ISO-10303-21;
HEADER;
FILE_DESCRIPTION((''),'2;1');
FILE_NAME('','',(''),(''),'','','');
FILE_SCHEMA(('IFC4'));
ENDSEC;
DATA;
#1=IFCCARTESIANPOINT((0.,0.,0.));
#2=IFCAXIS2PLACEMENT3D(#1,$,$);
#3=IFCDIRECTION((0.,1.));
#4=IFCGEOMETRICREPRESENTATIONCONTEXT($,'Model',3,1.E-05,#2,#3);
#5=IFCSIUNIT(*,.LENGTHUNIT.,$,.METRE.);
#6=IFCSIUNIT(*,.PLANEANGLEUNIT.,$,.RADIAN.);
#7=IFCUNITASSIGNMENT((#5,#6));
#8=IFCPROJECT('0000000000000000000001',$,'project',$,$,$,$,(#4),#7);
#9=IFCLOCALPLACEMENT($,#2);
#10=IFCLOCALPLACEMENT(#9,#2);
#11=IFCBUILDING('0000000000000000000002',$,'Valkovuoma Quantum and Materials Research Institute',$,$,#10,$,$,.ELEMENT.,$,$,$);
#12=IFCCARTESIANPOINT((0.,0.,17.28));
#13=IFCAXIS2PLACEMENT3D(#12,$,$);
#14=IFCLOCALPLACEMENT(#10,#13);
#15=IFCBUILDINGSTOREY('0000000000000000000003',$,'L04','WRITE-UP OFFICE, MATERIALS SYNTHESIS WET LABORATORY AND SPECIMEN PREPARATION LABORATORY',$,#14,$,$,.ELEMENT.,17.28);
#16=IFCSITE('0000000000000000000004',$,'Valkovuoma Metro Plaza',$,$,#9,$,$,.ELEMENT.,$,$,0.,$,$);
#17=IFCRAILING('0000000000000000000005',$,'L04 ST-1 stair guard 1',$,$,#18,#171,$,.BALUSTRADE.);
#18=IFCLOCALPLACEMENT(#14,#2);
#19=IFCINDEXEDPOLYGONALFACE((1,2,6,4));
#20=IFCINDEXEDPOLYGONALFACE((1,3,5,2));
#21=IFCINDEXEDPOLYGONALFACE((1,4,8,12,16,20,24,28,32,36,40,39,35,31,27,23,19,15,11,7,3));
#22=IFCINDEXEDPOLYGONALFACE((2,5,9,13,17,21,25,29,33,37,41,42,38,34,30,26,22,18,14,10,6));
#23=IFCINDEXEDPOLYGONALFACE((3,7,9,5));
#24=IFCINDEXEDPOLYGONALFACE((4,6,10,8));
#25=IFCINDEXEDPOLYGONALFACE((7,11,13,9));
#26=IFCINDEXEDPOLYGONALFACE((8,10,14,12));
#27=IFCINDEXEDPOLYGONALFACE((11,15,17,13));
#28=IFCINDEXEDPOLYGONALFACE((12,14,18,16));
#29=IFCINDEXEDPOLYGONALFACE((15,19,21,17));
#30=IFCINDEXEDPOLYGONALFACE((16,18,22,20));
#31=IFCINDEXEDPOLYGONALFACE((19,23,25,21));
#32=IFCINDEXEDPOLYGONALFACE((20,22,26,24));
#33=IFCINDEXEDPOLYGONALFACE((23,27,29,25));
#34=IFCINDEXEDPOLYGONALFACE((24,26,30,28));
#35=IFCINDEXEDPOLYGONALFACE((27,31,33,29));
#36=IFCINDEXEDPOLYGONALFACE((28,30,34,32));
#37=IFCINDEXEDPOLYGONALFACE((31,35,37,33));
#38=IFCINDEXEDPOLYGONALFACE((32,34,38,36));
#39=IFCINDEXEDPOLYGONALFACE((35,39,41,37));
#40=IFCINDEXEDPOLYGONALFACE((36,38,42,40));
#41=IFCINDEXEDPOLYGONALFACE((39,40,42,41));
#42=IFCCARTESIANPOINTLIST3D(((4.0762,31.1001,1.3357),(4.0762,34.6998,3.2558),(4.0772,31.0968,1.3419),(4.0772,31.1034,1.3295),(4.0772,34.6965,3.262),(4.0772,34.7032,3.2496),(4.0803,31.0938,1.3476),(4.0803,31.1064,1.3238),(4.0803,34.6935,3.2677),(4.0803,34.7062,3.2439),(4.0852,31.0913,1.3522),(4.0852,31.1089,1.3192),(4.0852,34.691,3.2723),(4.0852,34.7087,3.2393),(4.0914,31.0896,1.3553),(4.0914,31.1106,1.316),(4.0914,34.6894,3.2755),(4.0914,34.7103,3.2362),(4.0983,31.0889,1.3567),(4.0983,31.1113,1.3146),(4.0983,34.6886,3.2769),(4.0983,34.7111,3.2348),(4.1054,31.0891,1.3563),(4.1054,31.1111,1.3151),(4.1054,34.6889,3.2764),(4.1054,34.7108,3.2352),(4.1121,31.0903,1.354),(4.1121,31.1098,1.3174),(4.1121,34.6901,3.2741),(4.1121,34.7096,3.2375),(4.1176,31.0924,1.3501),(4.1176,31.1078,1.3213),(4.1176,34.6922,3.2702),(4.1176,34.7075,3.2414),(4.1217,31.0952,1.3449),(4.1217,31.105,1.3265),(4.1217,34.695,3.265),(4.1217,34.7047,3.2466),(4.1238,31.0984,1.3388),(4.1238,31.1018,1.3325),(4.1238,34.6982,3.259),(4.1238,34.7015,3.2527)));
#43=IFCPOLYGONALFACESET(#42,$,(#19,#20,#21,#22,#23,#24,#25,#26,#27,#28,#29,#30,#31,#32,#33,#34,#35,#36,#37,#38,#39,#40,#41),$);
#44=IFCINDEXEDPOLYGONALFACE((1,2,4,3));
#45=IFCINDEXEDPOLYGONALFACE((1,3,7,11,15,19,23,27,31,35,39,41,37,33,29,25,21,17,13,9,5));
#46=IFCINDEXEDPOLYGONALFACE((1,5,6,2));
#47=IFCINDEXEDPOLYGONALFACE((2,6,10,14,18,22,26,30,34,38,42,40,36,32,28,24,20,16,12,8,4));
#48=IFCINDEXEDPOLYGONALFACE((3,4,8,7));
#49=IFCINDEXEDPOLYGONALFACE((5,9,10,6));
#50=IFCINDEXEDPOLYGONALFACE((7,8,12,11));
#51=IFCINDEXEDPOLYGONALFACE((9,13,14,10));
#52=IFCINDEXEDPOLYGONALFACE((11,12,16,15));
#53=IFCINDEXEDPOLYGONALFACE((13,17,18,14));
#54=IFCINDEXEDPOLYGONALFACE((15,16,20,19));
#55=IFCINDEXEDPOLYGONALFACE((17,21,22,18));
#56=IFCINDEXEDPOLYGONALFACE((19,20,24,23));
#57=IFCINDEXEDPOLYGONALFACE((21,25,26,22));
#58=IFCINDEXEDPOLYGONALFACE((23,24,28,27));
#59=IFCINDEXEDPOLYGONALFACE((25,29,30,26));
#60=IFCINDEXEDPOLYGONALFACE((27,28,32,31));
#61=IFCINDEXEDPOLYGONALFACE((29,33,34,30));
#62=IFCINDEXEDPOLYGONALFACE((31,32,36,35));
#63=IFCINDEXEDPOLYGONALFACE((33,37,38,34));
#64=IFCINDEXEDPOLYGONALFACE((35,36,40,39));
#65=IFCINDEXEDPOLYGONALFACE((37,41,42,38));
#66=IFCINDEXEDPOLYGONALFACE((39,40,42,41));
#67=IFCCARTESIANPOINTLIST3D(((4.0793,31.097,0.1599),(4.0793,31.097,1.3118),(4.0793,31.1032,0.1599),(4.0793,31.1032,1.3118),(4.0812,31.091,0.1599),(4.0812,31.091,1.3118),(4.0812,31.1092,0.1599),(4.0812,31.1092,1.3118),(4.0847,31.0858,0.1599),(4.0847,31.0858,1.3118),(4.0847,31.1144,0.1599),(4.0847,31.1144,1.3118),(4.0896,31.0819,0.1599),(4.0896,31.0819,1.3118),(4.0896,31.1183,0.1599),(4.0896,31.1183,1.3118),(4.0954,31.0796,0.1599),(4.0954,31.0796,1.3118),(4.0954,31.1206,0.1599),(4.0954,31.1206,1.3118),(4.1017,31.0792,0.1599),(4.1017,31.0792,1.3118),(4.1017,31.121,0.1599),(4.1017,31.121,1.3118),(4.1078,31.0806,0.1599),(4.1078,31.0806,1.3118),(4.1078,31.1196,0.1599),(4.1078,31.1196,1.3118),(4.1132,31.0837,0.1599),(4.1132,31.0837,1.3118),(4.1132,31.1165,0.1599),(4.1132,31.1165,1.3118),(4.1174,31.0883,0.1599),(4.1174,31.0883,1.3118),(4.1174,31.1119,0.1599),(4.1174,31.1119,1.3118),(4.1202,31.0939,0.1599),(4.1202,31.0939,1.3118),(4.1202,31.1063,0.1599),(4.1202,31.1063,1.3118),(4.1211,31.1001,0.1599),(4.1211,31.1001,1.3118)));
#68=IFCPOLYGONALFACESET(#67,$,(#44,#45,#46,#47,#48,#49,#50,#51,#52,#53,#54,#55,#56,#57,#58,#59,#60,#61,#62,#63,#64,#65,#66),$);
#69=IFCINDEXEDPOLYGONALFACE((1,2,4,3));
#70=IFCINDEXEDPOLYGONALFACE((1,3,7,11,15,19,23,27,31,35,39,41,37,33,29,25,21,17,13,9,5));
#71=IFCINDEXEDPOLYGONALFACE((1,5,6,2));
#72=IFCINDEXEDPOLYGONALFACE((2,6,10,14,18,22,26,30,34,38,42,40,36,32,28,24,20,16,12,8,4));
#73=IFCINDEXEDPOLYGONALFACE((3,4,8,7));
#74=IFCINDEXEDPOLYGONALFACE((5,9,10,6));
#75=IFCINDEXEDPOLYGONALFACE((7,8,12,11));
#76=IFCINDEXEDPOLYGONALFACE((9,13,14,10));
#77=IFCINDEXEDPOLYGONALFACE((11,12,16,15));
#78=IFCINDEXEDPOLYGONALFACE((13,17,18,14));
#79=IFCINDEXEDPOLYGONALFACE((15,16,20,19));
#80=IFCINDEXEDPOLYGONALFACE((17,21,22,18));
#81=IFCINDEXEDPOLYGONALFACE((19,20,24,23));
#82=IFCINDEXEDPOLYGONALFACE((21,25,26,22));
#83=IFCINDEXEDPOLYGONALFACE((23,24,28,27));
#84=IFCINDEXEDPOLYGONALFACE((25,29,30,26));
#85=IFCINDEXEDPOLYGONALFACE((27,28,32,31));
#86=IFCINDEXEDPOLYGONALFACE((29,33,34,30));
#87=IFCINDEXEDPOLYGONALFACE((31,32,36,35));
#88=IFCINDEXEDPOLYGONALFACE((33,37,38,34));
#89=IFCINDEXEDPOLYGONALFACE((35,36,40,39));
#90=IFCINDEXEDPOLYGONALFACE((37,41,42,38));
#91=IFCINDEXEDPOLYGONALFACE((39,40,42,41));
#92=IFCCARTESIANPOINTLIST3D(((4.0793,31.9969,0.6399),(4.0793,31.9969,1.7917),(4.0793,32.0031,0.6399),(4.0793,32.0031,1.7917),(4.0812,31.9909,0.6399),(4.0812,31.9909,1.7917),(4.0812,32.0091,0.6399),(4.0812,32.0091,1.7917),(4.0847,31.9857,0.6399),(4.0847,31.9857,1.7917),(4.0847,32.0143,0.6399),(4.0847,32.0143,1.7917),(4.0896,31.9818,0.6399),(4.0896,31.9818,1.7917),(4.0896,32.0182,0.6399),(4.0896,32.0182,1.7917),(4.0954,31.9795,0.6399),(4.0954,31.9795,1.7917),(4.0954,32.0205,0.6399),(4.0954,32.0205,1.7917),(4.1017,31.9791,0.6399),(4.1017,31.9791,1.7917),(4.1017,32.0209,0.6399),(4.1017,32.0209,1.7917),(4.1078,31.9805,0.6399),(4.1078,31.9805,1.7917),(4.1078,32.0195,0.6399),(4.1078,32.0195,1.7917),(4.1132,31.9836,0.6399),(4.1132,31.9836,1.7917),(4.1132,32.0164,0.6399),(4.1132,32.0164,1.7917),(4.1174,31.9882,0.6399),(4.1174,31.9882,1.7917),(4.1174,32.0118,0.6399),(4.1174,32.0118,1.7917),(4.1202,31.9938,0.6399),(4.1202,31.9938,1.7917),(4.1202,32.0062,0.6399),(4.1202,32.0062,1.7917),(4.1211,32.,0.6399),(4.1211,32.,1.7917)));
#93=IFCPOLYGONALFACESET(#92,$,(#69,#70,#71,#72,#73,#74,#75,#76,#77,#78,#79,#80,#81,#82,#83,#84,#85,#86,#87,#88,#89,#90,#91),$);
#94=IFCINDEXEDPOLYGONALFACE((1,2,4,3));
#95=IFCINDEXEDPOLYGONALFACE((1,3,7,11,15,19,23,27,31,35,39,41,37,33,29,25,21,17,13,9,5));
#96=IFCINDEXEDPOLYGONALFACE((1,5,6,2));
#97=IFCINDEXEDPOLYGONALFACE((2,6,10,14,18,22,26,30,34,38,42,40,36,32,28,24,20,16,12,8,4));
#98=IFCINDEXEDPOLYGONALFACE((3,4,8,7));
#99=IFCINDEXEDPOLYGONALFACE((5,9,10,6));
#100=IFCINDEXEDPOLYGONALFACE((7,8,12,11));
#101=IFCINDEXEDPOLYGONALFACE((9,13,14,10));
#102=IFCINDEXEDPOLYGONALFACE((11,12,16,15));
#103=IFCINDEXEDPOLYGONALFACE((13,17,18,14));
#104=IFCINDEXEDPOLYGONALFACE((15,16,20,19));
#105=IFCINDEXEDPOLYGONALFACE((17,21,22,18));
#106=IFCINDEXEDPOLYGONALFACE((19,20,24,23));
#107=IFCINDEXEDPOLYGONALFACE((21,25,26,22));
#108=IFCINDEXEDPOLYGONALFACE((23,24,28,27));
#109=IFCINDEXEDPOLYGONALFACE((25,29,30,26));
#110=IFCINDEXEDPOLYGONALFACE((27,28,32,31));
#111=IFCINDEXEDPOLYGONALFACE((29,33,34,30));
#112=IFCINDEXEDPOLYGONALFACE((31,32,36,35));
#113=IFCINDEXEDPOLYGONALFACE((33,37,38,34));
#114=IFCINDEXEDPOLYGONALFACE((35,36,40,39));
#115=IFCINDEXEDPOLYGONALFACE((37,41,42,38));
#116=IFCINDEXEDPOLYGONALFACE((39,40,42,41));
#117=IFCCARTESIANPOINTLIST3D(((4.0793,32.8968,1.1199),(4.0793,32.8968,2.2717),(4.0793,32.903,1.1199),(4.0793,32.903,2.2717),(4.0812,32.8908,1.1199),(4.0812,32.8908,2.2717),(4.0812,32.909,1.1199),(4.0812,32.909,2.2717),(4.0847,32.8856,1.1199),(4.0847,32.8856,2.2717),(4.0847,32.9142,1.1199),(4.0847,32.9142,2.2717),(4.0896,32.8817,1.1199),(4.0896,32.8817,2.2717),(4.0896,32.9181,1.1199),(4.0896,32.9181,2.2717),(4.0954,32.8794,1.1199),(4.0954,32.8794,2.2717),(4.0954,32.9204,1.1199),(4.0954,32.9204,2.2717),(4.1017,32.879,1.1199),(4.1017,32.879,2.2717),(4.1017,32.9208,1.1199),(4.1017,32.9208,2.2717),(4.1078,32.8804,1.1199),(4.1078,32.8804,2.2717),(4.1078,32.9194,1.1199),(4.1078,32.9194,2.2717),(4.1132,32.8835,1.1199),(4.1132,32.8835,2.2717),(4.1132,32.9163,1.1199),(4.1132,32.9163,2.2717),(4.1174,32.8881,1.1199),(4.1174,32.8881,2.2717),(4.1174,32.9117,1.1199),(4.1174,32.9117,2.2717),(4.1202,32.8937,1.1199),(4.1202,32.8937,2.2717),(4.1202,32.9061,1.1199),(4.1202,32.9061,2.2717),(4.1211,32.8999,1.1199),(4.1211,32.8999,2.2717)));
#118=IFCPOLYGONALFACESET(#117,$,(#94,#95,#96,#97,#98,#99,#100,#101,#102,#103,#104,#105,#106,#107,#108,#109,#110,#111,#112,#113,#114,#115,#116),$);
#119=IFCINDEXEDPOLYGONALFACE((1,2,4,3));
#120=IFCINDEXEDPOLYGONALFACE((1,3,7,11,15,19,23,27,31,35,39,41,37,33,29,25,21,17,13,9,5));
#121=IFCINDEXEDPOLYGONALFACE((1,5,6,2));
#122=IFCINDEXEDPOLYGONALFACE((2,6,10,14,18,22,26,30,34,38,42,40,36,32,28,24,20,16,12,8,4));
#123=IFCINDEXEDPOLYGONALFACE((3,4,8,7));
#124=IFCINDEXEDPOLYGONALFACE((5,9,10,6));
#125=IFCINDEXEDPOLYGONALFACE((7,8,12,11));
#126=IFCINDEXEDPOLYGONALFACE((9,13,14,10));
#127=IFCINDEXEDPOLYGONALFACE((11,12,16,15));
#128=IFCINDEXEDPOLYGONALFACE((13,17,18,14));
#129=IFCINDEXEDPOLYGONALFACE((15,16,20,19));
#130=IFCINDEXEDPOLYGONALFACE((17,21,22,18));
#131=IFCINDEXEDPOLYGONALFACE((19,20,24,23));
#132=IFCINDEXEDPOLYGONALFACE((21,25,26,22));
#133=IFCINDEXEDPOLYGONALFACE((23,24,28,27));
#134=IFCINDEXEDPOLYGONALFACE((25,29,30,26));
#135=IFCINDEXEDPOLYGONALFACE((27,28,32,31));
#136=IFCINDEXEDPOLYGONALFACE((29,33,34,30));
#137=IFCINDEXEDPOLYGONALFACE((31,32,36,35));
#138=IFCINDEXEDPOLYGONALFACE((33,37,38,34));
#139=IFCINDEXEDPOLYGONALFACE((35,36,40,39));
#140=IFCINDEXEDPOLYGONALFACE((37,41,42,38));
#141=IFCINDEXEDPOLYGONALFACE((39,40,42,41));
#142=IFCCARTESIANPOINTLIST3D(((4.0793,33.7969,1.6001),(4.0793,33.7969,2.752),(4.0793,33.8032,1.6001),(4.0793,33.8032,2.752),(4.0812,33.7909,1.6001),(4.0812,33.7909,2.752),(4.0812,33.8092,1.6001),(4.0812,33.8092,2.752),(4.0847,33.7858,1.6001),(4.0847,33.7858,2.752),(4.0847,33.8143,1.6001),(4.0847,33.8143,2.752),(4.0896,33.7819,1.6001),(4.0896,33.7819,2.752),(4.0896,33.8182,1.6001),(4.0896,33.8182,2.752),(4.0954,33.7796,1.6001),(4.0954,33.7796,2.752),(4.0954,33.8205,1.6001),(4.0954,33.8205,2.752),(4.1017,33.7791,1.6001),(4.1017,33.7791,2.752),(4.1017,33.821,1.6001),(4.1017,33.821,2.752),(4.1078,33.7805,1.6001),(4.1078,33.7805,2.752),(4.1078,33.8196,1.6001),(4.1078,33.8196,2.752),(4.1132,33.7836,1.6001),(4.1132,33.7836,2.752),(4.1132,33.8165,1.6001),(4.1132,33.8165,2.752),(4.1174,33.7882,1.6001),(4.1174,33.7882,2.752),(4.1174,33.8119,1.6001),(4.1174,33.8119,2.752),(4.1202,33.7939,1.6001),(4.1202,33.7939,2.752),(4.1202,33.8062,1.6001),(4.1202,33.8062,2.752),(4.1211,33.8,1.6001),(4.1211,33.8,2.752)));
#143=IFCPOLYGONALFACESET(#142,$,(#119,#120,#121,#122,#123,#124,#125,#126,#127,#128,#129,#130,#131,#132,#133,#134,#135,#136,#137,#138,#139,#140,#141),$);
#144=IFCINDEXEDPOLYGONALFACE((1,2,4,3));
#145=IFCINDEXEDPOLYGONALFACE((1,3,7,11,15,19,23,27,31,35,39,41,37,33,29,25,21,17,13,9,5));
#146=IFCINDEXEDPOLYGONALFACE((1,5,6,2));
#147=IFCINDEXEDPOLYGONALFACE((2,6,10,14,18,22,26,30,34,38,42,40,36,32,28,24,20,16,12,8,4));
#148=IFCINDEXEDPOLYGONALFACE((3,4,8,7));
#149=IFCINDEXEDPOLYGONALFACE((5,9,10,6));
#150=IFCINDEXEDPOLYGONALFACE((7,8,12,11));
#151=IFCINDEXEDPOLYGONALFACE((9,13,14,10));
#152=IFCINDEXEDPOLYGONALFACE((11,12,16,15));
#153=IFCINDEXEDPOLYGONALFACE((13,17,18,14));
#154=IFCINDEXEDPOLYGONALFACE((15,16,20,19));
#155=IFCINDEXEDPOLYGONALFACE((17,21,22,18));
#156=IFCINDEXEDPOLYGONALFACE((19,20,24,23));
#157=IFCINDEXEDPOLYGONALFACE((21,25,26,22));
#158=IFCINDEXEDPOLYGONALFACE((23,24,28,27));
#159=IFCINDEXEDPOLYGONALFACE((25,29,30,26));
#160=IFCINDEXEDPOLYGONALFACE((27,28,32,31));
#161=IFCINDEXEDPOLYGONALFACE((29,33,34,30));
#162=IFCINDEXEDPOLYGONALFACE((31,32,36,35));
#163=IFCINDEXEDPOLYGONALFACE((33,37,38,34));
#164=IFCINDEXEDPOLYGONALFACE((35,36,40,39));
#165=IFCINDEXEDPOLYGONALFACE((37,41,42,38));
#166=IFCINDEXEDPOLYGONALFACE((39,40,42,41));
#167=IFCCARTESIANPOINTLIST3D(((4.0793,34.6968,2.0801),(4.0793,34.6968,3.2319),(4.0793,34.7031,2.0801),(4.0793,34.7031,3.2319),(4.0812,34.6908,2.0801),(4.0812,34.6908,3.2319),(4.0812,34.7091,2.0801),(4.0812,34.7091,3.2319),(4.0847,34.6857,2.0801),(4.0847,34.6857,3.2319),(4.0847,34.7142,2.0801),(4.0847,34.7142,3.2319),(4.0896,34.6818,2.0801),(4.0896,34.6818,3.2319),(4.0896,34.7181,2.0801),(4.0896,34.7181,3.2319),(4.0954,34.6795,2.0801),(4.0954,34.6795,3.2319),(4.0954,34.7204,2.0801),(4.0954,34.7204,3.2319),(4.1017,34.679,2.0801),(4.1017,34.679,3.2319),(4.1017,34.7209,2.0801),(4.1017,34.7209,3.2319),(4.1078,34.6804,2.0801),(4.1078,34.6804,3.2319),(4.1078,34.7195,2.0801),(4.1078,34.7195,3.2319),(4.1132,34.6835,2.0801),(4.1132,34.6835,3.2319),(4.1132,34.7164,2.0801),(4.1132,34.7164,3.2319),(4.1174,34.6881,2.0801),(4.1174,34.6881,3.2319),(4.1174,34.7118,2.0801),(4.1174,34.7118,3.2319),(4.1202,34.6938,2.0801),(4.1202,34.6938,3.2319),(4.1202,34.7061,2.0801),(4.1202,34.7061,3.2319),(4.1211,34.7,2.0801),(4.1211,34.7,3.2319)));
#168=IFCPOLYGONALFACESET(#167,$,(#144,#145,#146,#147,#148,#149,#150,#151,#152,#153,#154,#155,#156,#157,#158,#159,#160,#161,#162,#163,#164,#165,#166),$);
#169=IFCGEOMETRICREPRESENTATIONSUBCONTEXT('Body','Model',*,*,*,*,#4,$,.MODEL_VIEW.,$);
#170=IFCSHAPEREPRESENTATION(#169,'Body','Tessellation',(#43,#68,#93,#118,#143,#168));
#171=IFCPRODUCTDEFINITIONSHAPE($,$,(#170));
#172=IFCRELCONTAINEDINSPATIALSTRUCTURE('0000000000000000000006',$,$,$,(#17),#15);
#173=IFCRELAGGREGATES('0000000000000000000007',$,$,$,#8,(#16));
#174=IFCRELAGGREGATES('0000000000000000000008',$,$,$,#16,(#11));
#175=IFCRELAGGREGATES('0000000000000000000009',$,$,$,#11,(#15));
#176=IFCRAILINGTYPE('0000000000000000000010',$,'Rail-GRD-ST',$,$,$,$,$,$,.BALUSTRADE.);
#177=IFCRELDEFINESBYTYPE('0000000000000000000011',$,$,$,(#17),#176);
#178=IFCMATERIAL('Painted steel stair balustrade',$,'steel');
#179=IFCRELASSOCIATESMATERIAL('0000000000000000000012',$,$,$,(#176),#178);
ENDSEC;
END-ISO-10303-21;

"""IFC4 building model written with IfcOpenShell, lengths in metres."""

from ifc_helpers import new_model, si_unit, direction, frame, origin, origin_2d, place, context, subcontext, project, spatial, circle, extrude, material, type_object, element, save


model = new_model("IFC4")

# Units and contexts
model_context = context("Model", 3, precision=1e-05, world=origin(), true_north=direction((0.0, 1.0)))
body_context = subcontext(model_context, "Body", "Model", "MODEL_VIEW")
ifc_project = project(units=[si_unit("LENGTHUNIT", "METRE"), si_unit("PLANEANGLEUNIT", "RADIAN")], contexts=[model_context])

# Site, building, storey
site_placement = place(None, origin())
site = spatial("IfcSite", under=ifc_project, at=site_placement, Name="Valkovuoma Metro Plaza", CompositionType="ELEMENT", RefElevation=0.0)
building_placement = place(site_placement, origin())
building = spatial("IfcBuilding", under=site, at=building_placement, Name="Valkovuoma Quantum and Materials Research Institute", CompositionType="ELEMENT")
storey_placement = place(building_placement, frame((0.0, 0.0, 17.28)))
storey = spatial("IfcBuildingStorey", under=building, at=storey_placement, Name="L04", Description="WRITE-UP OFFICE, MATERIALS SYNTHESIS WET LABORATORY AND SPECIMEN PREPARATION LABORATORY", CompositionType="ELEMENT", Elevation=17.28)

# Railing
ifc_material_1 = material(Name="Painted steel stair balustrade", Category="steel")
railing_type_1 = type_object("IfcRailingType", Name="Rail-GRD-ST", PredefinedType="BALUSTRADE", material=ifc_material_1)
railing_1_placement = place(storey_placement, frame((4.1001, 31.1001, 0.1599)))
element("IfcRailing", 1, at=railing_1_placement, inside=storey, type_object=railing_type_1, Name="L04 ST-1 stair guard 1", PredefinedType="BALUSTRADE", context=body_context, shape_type="SweptSolid", body=[
    extrude(circle(Radius=0.0239, at=origin_2d()), frame((0.0, 0.0, 1.1758), z_axis=(0.0, 0.882328, 0.470635), x_axis=(-1.0, 0.0, 0.0)), (0.0, 0.0, 1.0), 4.0798),
    extrude(circle(Radius=0.021, at=origin_2d()), origin(), (0.0, 0.0, 1.0), 1.1519),
    extrude(circle(Radius=0.021, at=origin_2d()), frame((0.0, 0.8999, 0.48)), (0.0, 0.0, 1.0), 1.1519),
    extrude(circle(Radius=0.021, at=origin_2d()), frame((0.0, 1.7998, 0.96)), (0.0, 0.0, 1.0), 1.1519),
    extrude(circle(Radius=0.021, at=origin_2d()), frame((0.0, 2.7, 1.4402)), (0.0, 0.0, 1.0), 1.1519),
    extrude(circle(Radius=0.021, at=origin_2d()), frame((0.0, 3.5999, 1.9202)), (0.0, 0.0, 1.0), 1.1519),
])

save(model, "model.ifc")
